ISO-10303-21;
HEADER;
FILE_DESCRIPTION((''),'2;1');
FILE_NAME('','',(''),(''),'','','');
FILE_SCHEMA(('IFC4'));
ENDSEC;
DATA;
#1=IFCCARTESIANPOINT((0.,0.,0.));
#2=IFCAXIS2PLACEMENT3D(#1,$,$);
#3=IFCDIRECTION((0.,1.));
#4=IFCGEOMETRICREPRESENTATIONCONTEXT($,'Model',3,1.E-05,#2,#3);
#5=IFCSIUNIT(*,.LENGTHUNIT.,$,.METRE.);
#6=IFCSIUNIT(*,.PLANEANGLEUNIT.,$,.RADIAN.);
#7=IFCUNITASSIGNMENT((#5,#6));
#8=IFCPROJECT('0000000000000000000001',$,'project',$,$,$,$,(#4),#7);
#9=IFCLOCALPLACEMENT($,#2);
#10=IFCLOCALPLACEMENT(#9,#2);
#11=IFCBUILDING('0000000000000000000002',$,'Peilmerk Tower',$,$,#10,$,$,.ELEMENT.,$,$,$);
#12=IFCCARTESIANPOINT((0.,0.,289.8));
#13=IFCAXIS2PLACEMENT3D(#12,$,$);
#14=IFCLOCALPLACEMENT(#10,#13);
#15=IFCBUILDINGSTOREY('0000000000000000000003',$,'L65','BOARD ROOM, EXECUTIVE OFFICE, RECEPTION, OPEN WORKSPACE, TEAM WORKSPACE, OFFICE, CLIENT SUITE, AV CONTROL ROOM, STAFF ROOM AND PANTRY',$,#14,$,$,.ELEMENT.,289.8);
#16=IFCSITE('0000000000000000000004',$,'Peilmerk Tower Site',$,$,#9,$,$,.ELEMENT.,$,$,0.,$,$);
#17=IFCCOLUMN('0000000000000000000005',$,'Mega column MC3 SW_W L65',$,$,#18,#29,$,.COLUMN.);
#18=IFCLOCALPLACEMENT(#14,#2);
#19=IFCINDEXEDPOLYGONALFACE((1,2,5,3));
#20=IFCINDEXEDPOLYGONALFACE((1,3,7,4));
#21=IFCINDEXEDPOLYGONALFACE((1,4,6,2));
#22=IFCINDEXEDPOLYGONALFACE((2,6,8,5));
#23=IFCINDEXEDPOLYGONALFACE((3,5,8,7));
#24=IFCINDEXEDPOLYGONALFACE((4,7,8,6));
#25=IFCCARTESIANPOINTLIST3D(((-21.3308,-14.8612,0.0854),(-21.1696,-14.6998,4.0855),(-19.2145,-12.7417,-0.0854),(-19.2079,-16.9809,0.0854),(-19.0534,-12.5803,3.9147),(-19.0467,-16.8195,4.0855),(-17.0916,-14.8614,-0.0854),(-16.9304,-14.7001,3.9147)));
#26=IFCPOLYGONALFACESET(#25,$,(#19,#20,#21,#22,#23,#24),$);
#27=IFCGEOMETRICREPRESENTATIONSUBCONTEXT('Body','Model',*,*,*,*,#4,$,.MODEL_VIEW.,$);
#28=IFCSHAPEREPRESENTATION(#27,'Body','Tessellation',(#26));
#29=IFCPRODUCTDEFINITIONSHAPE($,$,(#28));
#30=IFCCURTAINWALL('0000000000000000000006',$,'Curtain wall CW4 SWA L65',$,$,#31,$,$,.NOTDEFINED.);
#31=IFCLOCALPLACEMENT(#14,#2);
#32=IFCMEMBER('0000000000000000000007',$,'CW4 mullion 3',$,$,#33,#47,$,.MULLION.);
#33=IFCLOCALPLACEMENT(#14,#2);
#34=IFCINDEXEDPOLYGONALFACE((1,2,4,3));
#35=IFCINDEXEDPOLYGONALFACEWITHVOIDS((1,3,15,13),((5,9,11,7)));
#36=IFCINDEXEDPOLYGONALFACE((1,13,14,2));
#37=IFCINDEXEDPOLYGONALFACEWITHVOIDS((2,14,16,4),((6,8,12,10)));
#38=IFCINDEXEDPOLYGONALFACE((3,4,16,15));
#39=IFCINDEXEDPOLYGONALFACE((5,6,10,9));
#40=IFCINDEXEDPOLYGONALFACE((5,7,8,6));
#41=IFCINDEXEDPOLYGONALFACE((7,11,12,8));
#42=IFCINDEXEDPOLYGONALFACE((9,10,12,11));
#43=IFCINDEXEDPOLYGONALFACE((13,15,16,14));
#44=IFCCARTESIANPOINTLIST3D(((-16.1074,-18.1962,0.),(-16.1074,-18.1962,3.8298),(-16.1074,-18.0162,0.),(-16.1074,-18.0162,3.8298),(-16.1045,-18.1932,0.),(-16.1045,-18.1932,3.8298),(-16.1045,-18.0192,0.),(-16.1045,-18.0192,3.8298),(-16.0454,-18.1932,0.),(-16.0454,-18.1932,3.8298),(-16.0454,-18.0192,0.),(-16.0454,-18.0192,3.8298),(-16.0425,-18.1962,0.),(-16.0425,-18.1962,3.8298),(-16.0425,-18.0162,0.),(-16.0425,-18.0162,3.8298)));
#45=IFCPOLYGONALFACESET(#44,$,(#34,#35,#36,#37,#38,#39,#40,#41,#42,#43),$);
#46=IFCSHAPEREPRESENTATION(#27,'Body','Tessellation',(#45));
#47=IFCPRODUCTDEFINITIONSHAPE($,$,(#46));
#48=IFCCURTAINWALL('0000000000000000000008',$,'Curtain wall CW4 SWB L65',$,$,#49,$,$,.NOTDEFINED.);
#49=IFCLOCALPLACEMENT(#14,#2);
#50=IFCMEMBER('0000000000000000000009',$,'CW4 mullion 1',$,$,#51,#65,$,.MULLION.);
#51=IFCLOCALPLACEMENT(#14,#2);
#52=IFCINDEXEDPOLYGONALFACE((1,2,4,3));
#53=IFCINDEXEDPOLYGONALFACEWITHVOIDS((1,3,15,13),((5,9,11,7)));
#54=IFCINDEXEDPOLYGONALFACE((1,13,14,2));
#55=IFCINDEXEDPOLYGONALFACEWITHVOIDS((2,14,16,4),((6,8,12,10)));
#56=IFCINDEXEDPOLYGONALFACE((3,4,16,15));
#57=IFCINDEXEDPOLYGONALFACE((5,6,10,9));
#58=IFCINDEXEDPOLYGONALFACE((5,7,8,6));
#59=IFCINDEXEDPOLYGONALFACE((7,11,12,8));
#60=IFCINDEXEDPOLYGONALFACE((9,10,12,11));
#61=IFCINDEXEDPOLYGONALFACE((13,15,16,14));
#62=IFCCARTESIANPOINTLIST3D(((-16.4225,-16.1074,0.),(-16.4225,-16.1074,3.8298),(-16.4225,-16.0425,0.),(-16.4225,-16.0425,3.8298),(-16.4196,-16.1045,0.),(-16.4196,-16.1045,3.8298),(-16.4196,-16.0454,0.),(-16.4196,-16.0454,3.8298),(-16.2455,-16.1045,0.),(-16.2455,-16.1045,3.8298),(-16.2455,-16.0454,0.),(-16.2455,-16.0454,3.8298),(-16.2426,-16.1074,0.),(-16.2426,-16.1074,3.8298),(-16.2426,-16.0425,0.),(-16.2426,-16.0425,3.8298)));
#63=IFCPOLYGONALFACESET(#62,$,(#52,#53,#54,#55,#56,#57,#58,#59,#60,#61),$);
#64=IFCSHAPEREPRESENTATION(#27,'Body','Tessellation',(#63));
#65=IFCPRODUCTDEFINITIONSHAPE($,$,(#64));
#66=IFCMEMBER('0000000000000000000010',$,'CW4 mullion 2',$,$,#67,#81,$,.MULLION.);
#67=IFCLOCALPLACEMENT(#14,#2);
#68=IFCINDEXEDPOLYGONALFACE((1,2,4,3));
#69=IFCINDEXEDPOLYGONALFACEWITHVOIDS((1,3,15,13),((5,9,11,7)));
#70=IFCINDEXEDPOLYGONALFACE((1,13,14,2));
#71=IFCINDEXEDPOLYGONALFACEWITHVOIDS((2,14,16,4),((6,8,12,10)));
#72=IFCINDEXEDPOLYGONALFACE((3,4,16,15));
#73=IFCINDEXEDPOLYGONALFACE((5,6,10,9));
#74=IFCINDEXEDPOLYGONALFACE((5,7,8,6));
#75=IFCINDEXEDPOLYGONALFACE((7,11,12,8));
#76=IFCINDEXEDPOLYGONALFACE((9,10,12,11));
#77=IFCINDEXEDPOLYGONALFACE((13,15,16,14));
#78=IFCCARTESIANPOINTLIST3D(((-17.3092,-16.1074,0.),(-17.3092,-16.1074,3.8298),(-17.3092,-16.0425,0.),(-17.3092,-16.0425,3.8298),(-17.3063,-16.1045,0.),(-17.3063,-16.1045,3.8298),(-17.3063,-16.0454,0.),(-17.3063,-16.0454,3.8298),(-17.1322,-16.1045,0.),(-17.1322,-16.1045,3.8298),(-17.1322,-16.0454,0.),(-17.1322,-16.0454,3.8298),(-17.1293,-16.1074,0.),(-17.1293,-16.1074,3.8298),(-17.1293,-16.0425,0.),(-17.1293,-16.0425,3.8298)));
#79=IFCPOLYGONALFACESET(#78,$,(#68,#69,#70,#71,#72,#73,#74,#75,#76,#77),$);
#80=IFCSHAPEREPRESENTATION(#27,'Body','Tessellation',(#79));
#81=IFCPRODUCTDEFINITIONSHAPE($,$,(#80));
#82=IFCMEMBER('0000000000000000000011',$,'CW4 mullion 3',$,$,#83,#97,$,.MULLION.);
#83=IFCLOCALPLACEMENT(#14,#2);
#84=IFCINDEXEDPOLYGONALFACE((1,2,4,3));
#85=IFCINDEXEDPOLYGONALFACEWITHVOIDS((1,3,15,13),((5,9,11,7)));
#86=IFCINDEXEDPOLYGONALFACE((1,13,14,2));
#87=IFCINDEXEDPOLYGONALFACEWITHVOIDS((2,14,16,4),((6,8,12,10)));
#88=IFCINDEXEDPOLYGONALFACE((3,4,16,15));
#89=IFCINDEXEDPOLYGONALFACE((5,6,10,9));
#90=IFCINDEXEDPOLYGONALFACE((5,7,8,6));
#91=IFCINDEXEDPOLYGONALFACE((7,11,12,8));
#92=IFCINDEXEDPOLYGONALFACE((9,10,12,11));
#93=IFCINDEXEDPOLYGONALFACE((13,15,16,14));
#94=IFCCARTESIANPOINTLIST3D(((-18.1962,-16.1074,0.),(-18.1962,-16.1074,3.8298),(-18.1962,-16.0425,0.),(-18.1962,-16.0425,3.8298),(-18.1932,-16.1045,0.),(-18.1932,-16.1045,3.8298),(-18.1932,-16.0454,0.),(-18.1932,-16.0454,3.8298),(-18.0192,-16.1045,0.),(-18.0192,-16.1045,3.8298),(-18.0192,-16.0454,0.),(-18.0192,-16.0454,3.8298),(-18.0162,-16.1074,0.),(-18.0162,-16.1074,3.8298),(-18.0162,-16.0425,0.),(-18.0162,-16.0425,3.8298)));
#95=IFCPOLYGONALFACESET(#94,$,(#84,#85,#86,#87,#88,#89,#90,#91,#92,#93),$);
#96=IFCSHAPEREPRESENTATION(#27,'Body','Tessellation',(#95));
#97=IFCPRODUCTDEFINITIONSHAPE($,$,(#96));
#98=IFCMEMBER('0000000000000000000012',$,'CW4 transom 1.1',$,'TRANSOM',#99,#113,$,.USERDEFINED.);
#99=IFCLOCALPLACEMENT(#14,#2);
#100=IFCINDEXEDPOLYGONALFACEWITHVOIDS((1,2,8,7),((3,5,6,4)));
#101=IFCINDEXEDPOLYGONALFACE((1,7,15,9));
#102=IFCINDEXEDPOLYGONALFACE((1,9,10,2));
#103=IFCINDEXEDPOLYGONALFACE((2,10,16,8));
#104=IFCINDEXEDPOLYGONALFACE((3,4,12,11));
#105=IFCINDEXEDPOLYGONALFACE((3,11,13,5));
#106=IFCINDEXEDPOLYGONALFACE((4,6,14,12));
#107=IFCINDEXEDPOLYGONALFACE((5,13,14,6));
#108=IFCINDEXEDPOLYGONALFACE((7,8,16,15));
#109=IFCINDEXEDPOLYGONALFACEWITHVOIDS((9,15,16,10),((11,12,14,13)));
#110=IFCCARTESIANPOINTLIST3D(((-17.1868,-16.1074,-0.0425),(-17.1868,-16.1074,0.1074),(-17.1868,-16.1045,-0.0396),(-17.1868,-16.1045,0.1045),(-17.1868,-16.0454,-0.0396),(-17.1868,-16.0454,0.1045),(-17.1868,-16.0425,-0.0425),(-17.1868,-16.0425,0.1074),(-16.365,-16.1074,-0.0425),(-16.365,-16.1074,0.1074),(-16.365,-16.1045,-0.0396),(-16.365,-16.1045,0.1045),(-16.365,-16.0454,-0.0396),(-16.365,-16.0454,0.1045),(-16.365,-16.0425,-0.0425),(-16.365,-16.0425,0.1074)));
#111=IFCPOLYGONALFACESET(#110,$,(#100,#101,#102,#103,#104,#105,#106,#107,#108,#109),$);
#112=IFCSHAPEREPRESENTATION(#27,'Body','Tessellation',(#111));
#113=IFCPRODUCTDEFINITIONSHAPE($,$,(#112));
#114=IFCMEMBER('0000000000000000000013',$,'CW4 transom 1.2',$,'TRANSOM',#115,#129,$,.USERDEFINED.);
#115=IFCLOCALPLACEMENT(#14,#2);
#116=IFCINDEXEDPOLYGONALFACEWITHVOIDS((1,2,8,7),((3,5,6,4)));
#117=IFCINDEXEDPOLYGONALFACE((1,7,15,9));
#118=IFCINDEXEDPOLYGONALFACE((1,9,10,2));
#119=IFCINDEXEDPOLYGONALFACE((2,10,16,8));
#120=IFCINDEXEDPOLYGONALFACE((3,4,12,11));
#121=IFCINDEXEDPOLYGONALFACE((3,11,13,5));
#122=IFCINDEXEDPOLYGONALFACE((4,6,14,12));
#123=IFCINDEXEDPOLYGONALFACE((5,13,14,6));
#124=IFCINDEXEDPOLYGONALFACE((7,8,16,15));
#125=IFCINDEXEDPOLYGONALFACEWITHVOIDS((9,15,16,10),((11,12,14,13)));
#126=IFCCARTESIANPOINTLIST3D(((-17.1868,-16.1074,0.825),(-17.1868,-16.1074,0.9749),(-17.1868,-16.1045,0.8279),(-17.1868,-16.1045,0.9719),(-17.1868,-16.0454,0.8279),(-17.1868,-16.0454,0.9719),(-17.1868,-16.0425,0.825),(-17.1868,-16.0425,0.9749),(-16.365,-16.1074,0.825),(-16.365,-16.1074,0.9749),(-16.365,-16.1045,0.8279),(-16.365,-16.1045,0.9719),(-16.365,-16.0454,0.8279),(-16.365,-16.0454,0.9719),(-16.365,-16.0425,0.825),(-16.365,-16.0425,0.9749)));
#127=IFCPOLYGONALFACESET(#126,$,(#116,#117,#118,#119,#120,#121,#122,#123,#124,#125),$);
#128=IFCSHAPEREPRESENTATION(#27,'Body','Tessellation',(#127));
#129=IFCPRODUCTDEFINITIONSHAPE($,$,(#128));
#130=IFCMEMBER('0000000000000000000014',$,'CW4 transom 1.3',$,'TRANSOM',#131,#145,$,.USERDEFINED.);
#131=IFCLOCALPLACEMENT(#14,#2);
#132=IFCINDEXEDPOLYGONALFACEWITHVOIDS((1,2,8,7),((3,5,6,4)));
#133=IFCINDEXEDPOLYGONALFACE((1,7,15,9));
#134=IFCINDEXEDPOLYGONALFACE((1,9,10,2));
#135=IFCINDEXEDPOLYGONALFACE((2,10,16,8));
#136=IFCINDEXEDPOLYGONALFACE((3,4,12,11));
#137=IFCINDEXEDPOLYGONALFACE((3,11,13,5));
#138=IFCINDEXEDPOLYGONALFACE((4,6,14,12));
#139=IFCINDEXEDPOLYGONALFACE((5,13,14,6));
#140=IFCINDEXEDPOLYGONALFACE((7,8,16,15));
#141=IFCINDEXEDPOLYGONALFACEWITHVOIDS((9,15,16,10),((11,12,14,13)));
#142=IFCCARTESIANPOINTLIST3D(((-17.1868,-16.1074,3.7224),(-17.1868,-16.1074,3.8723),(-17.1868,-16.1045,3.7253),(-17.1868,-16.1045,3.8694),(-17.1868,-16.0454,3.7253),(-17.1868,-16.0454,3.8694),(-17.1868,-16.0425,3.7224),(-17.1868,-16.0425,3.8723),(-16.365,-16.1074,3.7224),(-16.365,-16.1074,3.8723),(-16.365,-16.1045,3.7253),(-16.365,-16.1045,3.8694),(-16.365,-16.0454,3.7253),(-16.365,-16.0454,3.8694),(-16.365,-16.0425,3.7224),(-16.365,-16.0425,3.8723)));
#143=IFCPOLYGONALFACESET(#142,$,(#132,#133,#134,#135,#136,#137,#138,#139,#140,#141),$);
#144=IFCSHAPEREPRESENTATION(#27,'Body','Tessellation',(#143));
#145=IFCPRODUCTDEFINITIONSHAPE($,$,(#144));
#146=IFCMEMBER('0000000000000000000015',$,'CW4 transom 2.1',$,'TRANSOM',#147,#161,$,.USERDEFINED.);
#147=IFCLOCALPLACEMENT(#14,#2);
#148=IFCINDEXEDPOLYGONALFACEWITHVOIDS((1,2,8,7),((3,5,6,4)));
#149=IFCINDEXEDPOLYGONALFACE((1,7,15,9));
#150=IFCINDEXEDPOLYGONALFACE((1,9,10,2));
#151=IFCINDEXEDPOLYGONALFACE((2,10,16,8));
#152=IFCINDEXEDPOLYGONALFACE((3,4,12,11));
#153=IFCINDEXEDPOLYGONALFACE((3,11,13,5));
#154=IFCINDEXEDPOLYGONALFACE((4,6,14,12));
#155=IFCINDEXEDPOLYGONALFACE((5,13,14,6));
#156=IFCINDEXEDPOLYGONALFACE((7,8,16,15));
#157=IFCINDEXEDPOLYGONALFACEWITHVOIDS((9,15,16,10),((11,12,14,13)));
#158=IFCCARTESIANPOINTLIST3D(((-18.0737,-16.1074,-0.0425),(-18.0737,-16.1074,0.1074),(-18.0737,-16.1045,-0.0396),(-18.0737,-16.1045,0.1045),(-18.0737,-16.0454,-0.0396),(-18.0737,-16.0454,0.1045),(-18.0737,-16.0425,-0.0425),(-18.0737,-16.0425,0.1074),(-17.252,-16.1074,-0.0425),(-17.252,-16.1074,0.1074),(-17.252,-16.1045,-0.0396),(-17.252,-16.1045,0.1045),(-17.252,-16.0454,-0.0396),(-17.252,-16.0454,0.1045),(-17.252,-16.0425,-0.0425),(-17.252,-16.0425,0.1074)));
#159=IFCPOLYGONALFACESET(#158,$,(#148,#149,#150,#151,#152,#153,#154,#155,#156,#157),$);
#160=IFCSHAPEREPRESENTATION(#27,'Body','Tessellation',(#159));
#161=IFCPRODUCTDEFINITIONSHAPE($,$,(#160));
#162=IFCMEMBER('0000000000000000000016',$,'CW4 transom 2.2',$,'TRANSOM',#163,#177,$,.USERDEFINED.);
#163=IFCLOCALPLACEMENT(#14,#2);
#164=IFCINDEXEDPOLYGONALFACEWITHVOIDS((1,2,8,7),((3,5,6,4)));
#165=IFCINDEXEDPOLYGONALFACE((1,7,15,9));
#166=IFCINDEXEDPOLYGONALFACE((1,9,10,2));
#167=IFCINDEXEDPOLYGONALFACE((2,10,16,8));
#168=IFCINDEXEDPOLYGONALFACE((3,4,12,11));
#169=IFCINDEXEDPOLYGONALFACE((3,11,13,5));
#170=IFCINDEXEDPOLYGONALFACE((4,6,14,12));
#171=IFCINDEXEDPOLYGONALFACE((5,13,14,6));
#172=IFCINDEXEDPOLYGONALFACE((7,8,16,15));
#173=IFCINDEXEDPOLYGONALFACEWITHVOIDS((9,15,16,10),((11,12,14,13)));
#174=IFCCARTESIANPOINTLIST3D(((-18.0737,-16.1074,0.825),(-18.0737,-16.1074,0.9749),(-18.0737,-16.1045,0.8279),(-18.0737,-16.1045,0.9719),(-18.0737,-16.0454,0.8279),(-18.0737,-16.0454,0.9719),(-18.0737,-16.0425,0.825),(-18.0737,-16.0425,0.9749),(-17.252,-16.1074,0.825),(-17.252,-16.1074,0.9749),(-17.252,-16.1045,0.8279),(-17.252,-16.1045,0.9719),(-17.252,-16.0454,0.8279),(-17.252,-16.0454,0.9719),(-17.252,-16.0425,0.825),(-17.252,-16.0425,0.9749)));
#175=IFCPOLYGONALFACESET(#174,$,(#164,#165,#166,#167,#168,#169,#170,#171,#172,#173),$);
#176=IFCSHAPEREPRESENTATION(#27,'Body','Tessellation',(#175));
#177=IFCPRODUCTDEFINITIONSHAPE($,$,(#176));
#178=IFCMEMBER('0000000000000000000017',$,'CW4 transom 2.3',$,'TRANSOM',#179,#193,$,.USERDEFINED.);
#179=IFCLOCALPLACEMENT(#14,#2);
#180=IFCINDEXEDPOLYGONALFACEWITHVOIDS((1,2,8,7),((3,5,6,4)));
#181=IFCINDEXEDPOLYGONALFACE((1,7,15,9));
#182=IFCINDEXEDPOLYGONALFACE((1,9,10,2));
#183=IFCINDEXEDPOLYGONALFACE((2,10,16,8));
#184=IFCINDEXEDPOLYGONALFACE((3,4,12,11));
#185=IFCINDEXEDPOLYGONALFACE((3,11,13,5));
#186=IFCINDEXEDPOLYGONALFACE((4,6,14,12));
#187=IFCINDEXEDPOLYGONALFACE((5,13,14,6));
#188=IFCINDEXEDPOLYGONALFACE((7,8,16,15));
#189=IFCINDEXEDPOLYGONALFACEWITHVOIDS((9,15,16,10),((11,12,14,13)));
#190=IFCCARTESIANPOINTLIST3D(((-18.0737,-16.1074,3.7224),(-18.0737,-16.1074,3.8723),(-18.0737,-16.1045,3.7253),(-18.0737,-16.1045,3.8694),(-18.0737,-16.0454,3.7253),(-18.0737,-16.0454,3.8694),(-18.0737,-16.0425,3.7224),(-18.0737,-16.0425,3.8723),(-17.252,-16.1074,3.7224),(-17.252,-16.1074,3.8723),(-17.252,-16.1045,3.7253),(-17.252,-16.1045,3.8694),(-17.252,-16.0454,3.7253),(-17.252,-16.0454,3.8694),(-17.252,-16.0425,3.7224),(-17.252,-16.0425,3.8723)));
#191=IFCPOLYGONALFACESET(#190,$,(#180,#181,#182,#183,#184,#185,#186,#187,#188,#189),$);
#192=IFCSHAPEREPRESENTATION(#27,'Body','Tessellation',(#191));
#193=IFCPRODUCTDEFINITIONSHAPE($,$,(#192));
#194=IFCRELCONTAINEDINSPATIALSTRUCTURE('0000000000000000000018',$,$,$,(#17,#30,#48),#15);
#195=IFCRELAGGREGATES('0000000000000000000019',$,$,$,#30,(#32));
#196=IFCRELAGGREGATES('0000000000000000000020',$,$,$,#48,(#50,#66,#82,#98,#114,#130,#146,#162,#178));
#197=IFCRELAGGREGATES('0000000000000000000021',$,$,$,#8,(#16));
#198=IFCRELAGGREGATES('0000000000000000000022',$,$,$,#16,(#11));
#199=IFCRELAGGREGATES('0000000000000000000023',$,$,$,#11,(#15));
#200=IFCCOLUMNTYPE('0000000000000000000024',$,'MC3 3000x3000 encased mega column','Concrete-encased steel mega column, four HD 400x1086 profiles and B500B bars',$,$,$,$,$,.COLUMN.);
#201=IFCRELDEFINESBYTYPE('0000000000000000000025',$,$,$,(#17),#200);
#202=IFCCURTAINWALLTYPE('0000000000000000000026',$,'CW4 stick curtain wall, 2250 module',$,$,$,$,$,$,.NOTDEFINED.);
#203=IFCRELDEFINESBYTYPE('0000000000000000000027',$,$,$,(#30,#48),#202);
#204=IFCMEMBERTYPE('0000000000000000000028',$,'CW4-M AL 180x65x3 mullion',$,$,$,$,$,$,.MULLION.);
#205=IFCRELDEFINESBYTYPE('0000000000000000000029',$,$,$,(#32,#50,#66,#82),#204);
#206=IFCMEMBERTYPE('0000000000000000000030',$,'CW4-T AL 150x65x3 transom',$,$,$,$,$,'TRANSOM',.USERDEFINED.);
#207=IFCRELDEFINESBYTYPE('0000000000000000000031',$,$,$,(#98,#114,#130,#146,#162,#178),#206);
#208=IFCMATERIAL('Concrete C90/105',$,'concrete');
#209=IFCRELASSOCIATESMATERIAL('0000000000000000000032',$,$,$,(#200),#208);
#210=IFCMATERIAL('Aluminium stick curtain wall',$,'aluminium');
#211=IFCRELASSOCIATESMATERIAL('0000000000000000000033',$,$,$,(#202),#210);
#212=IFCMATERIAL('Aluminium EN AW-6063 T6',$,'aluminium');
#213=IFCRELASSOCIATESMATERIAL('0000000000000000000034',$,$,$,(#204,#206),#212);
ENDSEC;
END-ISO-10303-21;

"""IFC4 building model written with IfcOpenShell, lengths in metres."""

from ifc_helpers import new_model, si_unit, direction, frame, origin, origin_2d, place, context, subcontext, project, spatial, rectangle, hollow_rectangle, extrude, material, material_profile, profile_set, type_object, element, aggregate, save


model = new_model("IFC4")

# Units and contexts
model_context = context("Model", 3, precision=1e-05, world=origin(), true_north=direction((0.0, 1.0)))
body_context = subcontext(model_context, "Body", "Model", "MODEL_VIEW")
ifc_project = project(units=[si_unit("LENGTHUNIT", "METRE"), si_unit("PLANEANGLEUNIT", "RADIAN")], contexts=[model_context])

# Site, building, storey
site_placement = place(None, origin())
site = spatial("IfcSite", under=ifc_project, at=site_placement, Name="Peilmerk Tower Site", CompositionType="ELEMENT", RefElevation=0.0)
building_placement = place(site_placement, origin())
building = spatial("IfcBuilding", under=site, at=building_placement, Name="Peilmerk Tower", CompositionType="ELEMENT")
storey_placement = place(building_placement, frame((0.0, 0.0, 289.8)))
storey = spatial("IfcBuildingStorey", under=building, at=storey_placement, Name="L65", Description="BOARD ROOM, EXECUTIVE OFFICE, RECEPTION, OPEN WORKSPACE, TEAM WORKSPACE, OFFICE, CLIENT SUITE, AV CONTROL ROOM, STAFF ROOM AND PANTRY", CompositionType="ELEMENT", Elevation=289.8)

# Column
ifc_material_1 = material(Name="Concrete C90/105", Category="concrete")
ifc_material_profile_1 = material_profile(ifc_material_1, rectangle(XDim=3.0, YDim=3.0, at=origin_2d()), Name="RC 3000x3000")
ifc_profile_set_1 = profile_set([ifc_material_profile_1], Name="Concrete C90/105")
column_type = type_object("IfcColumnType", Name="MC3 3000x3000 encased mega column", Description="Concrete-encased steel mega column, four HD 400x1086 profiles and B500B bars", PredefinedType="COLUMN", material=ifc_profile_set_1)
column_placement = place(storey_placement, frame((-19.2112, -14.8613, 0.0), z_axis=(0.040218, 0.040279, 0.998379), x_axis=(-0.707642, 0.706571, 0.0)))
element("IfcColumn", 1, at=column_placement, inside=storey, type_object=column_type, Name="Mega column MC3 SW_W L65", PredefinedType="COLUMN", context=body_context, shape_type="SweptSolid", body=[
    extrude(rectangle(XDim=3.0, YDim=3.0, at=origin_2d()), origin(), (0.0, 0.0, 1.0), 4.0066),
])

# Curtain wall, member
ifc_material_2 = material(Name="Aluminium stick curtain wall", Category="aluminium")
curtain_wall_type = type_object("IfcCurtainWallType", Name="CW4 stick curtain wall, 2250 module", PredefinedType="NOTDEFINED", material=ifc_material_2)
curtain_wall_1_placement = place(storey_placement, origin())
curtain_wall_1 = element("IfcCurtainWall", 2, at=curtain_wall_1_placement, inside=storey, type_object=curtain_wall_type, Name="Curtain wall CW4 SWA L65", PredefinedType="NOTDEFINED")
ifc_material_3 = material(Name="Aluminium EN AW-6063 T6", Category="aluminium")
ifc_material_profile_2 = material_profile(ifc_material_3, hollow_rectangle(XDim=0.0649, YDim=0.1799, WallThickness=0.0029, at=origin_2d()), Name="AL 180x65x3")
ifc_profile_set_2 = profile_set([ifc_material_profile_2], Name="Aluminium EN AW-6063 T6")
member_type_1 = type_object("IfcMemberType", Name="CW4-M AL 180x65x3 mullion", PredefinedType="MULLION", material=ifc_profile_set_2)
member_1_placement = place(storey_placement, frame((-16.075, -18.1062, 0.0), z_axis=(0.0, 0.0, 1.0), x_axis=(1.0, 0.0, 0.0)))
member_1 = element("IfcMember", 3, at=member_1_placement, type_object=member_type_1, Name="CW4 mullion 3", PredefinedType="MULLION", context=body_context, shape_type="SweptSolid", body=[
    extrude(hollow_rectangle(XDim=0.0649, YDim=0.1799, WallThickness=0.0029, at=origin_2d()), origin(), (0.0, 0.0, 1.0), 3.8298),
])

# Curtain wall, members
curtain_wall_2_placement = place(storey_placement, origin())
curtain_wall_2 = element("IfcCurtainWall", 4, at=curtain_wall_2_placement, inside=storey, type_object=curtain_wall_type, Name="Curtain wall CW4 SWB L65", PredefinedType="NOTDEFINED")
member_2_placement = place(storey_placement, frame((-16.3325, -16.075, 0.0), z_axis=(0.0, 0.0, 1.0), x_axis=(0.0, -1.0, 0.0)))
member_2 = element("IfcMember", 5, at=member_2_placement, type_object=member_type_1, Name="CW4 mullion 1", PredefinedType="MULLION", context=body_context, shape_type="SweptSolid", body=[
    extrude(hollow_rectangle(XDim=0.0649, YDim=0.1799, WallThickness=0.0029, at=origin_2d()), origin(), (0.0, 0.0, 1.0), 3.8298),
])
member_3_placement = place(storey_placement, frame((-17.2192, -16.075, 0.0), z_axis=(0.0, 0.0, 1.0), x_axis=(0.0, -1.0, 0.0)))
member_3 = element("IfcMember", 6, at=member_3_placement, type_object=member_type_1, Name="CW4 mullion 2", PredefinedType="MULLION", context=body_context, shape_type="SweptSolid", body=[
    extrude(hollow_rectangle(XDim=0.0649, YDim=0.1799, WallThickness=0.0029, at=origin_2d()), origin(), (0.0, 0.0, 1.0), 3.8298),
])
member_4_placement = place(storey_placement, frame((-18.1062, -16.075, 0.0), z_axis=(0.0, 0.0, 1.0), x_axis=(0.0, -1.0, 0.0)))
member_4 = element("IfcMember", 7, at=member_4_placement, type_object=member_type_1, Name="CW4 mullion 3", PredefinedType="MULLION", context=body_context, shape_type="SweptSolid", body=[
    extrude(hollow_rectangle(XDim=0.0649, YDim=0.1799, WallThickness=0.0029, at=origin_2d()), origin(), (0.0, 0.0, 1.0), 3.8298),
])
ifc_material_profile_3 = material_profile(ifc_material_3, hollow_rectangle(XDim=0.0649, YDim=0.1499, WallThickness=0.0029, at=origin_2d()), Name="AL 150x65x3")
ifc_profile_set_3 = profile_set([ifc_material_profile_3], Name="Aluminium EN AW-6063 T6")
member_type_2 = type_object("IfcMemberType", Name="CW4-T AL 150x65x3 transom", ElementType="TRANSOM", PredefinedType="USERDEFINED", material=ifc_profile_set_3)
member_5_placement = place(storey_placement, frame((-16.365, -16.075, 0.0325), z_axis=(-1.0, 0.0, 0.0), x_axis=(0.0, -1.0, 0.0)))
member_5 = element("IfcMember", 8, at=member_5_placement, type_object=member_type_2, Name="CW4 transom 1.1", ObjectType="TRANSOM", PredefinedType="USERDEFINED", context=body_context, shape_type="SweptSolid", body=[
    extrude(hollow_rectangle(XDim=0.0649, YDim=0.1499, WallThickness=0.0029, at=origin_2d()), origin(), (0.0, 0.0, 1.0), 0.8218),
])
member_6_placement = place(storey_placement, frame((-16.365, -16.075, 0.8999), z_axis=(-1.0, 0.0, 0.0), x_axis=(0.0, -1.0, 0.0)))
member_6 = element("IfcMember", 9, at=member_6_placement, type_object=member_type_2, Name="CW4 transom 1.2", ObjectType="TRANSOM", PredefinedType="USERDEFINED", context=body_context, shape_type="SweptSolid", body=[
    extrude(hollow_rectangle(XDim=0.0649, YDim=0.1499, WallThickness=0.0029, at=origin_2d()), origin(), (0.0, 0.0, 1.0), 0.8218),
])
member_7_placement = place(storey_placement, frame((-16.365, -16.075, 3.7974), z_axis=(-1.0, 0.0, 0.0), x_axis=(0.0, -1.0, 0.0)))
member_7 = element("IfcMember", 10, at=member_7_placement, type_object=member_type_2, Name="CW4 transom 1.3", ObjectType="TRANSOM", PredefinedType="USERDEFINED", context=body_context, shape_type="SweptSolid", body=[
    extrude(hollow_rectangle(XDim=0.0649, YDim=0.1499, WallThickness=0.0029, at=origin_2d()), origin(), (0.0, 0.0, 1.0), 0.8218),
])
member_8_placement = place(storey_placement, frame((-17.252, -16.075, 0.0325), z_axis=(-1.0, 0.0, 0.0), x_axis=(0.0, -1.0, 0.0)))
member_8 = element("IfcMember", 11, at=member_8_placement, type_object=member_type_2, Name="CW4 transom 2.1", ObjectType="TRANSOM", PredefinedType="USERDEFINED", context=body_context, shape_type="SweptSolid", body=[
    extrude(hollow_rectangle(XDim=0.0649, YDim=0.1499, WallThickness=0.0029, at=origin_2d()), origin(), (0.0, 0.0, 1.0), 0.8218),
])
member_9_placement = place(storey_placement, frame((-17.252, -16.075, 0.8999), z_axis=(-1.0, 0.0, 0.0), x_axis=(0.0, -1.0, 0.0)))
member_9 = element("IfcMember", 12, at=member_9_placement, type_object=member_type_2, Name="CW4 transom 2.2", ObjectType="TRANSOM", PredefinedType="USERDEFINED", context=body_context, shape_type="SweptSolid", body=[
    extrude(hollow_rectangle(XDim=0.0649, YDim=0.1499, WallThickness=0.0029, at=origin_2d()), origin(), (0.0, 0.0, 1.0), 0.8218),
])
member_10_placement = place(storey_placement, frame((-17.252, -16.075, 3.7974), z_axis=(-1.0, 0.0, 0.0), x_axis=(0.0, -1.0, 0.0)))
member_10 = element("IfcMember", 13, at=member_10_placement, type_object=member_type_2, Name="CW4 transom 2.3", ObjectType="TRANSOM", PredefinedType="USERDEFINED", context=body_context, shape_type="SweptSolid", body=[
    extrude(hollow_rectangle(XDim=0.0649, YDim=0.1499, WallThickness=0.0029, at=origin_2d()), origin(), (0.0, 0.0, 1.0), 0.8218),
])

aggregate(curtain_wall_1, [member_1])
aggregate(curtain_wall_2, [member_2, member_3, member_4, member_5, member_6, member_7, member_8, member_9, member_10])

save(model, "model.ifc")
